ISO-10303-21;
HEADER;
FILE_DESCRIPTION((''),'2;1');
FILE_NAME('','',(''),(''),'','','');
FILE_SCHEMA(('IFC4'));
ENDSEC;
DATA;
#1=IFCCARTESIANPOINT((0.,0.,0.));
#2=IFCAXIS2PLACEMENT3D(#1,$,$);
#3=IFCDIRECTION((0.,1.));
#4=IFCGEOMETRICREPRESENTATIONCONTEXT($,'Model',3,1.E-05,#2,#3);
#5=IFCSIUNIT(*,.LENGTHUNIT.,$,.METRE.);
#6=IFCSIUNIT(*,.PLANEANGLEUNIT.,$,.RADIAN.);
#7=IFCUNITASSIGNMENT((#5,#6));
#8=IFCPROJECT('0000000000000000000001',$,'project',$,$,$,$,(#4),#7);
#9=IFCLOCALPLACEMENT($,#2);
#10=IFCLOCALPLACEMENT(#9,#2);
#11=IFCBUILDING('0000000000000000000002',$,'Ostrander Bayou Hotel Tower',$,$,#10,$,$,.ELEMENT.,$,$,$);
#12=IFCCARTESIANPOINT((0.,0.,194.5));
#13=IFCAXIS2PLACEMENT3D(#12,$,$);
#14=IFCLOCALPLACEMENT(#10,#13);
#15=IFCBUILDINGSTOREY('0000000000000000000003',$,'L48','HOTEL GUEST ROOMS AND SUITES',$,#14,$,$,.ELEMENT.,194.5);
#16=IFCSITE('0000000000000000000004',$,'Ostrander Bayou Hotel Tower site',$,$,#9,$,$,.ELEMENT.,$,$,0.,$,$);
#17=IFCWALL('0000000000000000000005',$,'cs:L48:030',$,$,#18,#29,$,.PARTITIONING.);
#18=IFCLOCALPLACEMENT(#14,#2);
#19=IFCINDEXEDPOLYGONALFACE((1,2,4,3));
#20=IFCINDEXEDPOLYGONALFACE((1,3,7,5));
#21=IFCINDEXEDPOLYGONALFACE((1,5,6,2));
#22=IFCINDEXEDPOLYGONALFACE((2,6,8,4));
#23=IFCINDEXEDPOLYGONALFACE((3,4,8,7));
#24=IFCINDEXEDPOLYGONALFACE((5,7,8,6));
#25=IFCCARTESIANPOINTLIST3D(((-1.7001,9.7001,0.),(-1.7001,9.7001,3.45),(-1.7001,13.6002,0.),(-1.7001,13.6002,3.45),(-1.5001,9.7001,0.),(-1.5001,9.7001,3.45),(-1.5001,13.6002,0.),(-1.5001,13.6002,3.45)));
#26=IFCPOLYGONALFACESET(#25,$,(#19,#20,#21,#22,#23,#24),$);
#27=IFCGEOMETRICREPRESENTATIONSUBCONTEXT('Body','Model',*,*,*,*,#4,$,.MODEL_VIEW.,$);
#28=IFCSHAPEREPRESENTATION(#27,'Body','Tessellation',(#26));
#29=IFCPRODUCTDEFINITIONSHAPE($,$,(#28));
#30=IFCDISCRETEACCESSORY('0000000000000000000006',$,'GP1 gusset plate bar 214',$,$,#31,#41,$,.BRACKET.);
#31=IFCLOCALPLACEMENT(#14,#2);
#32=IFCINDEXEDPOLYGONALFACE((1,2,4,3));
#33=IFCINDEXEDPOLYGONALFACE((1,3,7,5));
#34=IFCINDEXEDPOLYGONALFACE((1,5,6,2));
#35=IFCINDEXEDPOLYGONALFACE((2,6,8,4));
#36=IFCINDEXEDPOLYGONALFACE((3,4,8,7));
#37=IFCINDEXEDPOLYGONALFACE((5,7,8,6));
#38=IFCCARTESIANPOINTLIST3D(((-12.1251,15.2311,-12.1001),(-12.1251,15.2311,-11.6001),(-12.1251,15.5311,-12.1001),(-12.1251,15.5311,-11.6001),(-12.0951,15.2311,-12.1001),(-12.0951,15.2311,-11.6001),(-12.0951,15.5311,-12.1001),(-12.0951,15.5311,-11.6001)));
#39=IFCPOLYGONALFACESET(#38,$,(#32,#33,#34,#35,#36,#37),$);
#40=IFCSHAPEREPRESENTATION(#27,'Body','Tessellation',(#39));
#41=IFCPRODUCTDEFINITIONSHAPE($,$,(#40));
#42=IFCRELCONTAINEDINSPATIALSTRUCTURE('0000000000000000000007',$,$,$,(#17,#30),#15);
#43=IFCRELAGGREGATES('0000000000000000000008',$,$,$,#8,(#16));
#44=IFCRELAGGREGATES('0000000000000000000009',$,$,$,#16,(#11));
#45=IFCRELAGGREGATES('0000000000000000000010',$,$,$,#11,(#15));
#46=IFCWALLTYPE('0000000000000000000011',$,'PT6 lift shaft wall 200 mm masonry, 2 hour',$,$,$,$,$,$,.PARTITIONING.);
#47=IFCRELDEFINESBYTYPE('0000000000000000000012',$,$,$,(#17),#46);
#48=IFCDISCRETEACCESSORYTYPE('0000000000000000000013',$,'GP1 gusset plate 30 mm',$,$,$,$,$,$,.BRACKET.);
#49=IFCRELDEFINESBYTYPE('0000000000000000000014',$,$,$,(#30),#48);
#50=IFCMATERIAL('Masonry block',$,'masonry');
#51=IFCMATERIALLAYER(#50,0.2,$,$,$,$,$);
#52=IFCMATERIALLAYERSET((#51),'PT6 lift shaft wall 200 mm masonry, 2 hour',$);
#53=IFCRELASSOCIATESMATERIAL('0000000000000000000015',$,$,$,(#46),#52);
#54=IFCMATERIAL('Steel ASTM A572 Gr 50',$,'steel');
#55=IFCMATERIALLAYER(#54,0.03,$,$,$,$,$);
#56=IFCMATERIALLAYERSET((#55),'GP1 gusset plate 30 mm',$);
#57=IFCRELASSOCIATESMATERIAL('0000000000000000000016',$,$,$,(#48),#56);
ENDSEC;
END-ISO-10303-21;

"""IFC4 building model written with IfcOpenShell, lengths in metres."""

from ifc_helpers import new_model, si_unit, direction, frame, frame_2d, origin, origin_2d, place, context, subcontext, project, spatial, rectangle, extrude, material, layer, layer_set, type_object, element, save


model = new_model("IFC4")

# Units and contexts
model_context = context("Model", 3, precision=1e-05, world=origin(), true_north=direction((0.0, 1.0)))
body_context = subcontext(model_context, "Body", "Model", "MODEL_VIEW")
ifc_project = project(units=[si_unit("LENGTHUNIT", "METRE"), si_unit("PLANEANGLEUNIT", "RADIAN")], contexts=[model_context])

# Site, building, storey
site_placement = place(None, origin())
site = spatial("IfcSite", under=ifc_project, at=site_placement, Name="Ostrander Bayou Hotel Tower site", CompositionType="ELEMENT", RefElevation=0.0)
building_placement = place(site_placement, origin())
building = spatial("IfcBuilding", under=site, at=building_placement, Name="Ostrander Bayou Hotel Tower", CompositionType="ELEMENT")
storey_placement = place(building_placement, frame((0.0, 0.0, 194.5)))
storey = spatial("IfcBuildingStorey", under=building, at=storey_placement, Name="L48", Description="HOTEL GUEST ROOMS AND SUITES", CompositionType="ELEMENT", Elevation=194.5)

# Wall
ifc_material_1 = material(Name="Masonry block", Category="masonry")
ifc_layer_1 = layer(ifc_material_1, 0.2)
ifc_layer_set_1 = layer_set([ifc_layer_1], Name="PT6 lift shaft wall 200 mm masonry, 2 hour")
wall_type_1 = type_object("IfcWallType", Name="PT6 lift shaft wall 200 mm masonry, 2 hour", PredefinedType="PARTITIONING", material=ifc_layer_set_1)
wall_1_placement = place(storey_placement, frame((-1.6001, 9.7, 0.0), z_axis=(0.0, 0.0, 1.0), x_axis=(0.0, 1.0, 0.0)))
element("IfcWall", 1, at=wall_1_placement, inside=storey, type_object=wall_type_1, Name="cs:L48:030", PredefinedType="PARTITIONING", context=body_context, shape_type="SweptSolid", body=[
    extrude(rectangle(XDim=3.9001, YDim=0.2, at=frame_2d((1.9502, 0.0))), origin(), (0.0, 0.0, 1.0), 3.45),
])

# Discrete accessory
ifc_material_2 = material(Name="Steel ASTM A572 Gr 50", Category="steel")
ifc_layer_2 = layer(ifc_material_2, 0.03)
ifc_layer_set_2 = layer_set([ifc_layer_2], Name="GP1 gusset plate 30 mm")
discrete_accessory_type = type_object("IfcDiscreteAccessoryType", Name="GP1 gusset plate 30 mm", PredefinedType="BRACKET", material=ifc_layer_set_2)
discrete_accessory_placement = place(storey_placement, frame((-12.1101, 15.3811, -12.1001), z_axis=(0.0, 0.0, 1.0), x_axis=(0.0, -1.0, 0.0)))
element("IfcDiscreteAccessory", 2, at=discrete_accessory_placement, inside=storey, type_object=discrete_accessory_type, Name="GP1 gusset plate bar 214", PredefinedType="BRACKET", context=body_context, shape_type="SweptSolid", body=[
    extrude(rectangle(XDim=0.3, YDim=0.03, at=origin_2d()), origin(), (0.0, 0.0, 1.0), 0.5),
])

save(model, "model.ifc")
